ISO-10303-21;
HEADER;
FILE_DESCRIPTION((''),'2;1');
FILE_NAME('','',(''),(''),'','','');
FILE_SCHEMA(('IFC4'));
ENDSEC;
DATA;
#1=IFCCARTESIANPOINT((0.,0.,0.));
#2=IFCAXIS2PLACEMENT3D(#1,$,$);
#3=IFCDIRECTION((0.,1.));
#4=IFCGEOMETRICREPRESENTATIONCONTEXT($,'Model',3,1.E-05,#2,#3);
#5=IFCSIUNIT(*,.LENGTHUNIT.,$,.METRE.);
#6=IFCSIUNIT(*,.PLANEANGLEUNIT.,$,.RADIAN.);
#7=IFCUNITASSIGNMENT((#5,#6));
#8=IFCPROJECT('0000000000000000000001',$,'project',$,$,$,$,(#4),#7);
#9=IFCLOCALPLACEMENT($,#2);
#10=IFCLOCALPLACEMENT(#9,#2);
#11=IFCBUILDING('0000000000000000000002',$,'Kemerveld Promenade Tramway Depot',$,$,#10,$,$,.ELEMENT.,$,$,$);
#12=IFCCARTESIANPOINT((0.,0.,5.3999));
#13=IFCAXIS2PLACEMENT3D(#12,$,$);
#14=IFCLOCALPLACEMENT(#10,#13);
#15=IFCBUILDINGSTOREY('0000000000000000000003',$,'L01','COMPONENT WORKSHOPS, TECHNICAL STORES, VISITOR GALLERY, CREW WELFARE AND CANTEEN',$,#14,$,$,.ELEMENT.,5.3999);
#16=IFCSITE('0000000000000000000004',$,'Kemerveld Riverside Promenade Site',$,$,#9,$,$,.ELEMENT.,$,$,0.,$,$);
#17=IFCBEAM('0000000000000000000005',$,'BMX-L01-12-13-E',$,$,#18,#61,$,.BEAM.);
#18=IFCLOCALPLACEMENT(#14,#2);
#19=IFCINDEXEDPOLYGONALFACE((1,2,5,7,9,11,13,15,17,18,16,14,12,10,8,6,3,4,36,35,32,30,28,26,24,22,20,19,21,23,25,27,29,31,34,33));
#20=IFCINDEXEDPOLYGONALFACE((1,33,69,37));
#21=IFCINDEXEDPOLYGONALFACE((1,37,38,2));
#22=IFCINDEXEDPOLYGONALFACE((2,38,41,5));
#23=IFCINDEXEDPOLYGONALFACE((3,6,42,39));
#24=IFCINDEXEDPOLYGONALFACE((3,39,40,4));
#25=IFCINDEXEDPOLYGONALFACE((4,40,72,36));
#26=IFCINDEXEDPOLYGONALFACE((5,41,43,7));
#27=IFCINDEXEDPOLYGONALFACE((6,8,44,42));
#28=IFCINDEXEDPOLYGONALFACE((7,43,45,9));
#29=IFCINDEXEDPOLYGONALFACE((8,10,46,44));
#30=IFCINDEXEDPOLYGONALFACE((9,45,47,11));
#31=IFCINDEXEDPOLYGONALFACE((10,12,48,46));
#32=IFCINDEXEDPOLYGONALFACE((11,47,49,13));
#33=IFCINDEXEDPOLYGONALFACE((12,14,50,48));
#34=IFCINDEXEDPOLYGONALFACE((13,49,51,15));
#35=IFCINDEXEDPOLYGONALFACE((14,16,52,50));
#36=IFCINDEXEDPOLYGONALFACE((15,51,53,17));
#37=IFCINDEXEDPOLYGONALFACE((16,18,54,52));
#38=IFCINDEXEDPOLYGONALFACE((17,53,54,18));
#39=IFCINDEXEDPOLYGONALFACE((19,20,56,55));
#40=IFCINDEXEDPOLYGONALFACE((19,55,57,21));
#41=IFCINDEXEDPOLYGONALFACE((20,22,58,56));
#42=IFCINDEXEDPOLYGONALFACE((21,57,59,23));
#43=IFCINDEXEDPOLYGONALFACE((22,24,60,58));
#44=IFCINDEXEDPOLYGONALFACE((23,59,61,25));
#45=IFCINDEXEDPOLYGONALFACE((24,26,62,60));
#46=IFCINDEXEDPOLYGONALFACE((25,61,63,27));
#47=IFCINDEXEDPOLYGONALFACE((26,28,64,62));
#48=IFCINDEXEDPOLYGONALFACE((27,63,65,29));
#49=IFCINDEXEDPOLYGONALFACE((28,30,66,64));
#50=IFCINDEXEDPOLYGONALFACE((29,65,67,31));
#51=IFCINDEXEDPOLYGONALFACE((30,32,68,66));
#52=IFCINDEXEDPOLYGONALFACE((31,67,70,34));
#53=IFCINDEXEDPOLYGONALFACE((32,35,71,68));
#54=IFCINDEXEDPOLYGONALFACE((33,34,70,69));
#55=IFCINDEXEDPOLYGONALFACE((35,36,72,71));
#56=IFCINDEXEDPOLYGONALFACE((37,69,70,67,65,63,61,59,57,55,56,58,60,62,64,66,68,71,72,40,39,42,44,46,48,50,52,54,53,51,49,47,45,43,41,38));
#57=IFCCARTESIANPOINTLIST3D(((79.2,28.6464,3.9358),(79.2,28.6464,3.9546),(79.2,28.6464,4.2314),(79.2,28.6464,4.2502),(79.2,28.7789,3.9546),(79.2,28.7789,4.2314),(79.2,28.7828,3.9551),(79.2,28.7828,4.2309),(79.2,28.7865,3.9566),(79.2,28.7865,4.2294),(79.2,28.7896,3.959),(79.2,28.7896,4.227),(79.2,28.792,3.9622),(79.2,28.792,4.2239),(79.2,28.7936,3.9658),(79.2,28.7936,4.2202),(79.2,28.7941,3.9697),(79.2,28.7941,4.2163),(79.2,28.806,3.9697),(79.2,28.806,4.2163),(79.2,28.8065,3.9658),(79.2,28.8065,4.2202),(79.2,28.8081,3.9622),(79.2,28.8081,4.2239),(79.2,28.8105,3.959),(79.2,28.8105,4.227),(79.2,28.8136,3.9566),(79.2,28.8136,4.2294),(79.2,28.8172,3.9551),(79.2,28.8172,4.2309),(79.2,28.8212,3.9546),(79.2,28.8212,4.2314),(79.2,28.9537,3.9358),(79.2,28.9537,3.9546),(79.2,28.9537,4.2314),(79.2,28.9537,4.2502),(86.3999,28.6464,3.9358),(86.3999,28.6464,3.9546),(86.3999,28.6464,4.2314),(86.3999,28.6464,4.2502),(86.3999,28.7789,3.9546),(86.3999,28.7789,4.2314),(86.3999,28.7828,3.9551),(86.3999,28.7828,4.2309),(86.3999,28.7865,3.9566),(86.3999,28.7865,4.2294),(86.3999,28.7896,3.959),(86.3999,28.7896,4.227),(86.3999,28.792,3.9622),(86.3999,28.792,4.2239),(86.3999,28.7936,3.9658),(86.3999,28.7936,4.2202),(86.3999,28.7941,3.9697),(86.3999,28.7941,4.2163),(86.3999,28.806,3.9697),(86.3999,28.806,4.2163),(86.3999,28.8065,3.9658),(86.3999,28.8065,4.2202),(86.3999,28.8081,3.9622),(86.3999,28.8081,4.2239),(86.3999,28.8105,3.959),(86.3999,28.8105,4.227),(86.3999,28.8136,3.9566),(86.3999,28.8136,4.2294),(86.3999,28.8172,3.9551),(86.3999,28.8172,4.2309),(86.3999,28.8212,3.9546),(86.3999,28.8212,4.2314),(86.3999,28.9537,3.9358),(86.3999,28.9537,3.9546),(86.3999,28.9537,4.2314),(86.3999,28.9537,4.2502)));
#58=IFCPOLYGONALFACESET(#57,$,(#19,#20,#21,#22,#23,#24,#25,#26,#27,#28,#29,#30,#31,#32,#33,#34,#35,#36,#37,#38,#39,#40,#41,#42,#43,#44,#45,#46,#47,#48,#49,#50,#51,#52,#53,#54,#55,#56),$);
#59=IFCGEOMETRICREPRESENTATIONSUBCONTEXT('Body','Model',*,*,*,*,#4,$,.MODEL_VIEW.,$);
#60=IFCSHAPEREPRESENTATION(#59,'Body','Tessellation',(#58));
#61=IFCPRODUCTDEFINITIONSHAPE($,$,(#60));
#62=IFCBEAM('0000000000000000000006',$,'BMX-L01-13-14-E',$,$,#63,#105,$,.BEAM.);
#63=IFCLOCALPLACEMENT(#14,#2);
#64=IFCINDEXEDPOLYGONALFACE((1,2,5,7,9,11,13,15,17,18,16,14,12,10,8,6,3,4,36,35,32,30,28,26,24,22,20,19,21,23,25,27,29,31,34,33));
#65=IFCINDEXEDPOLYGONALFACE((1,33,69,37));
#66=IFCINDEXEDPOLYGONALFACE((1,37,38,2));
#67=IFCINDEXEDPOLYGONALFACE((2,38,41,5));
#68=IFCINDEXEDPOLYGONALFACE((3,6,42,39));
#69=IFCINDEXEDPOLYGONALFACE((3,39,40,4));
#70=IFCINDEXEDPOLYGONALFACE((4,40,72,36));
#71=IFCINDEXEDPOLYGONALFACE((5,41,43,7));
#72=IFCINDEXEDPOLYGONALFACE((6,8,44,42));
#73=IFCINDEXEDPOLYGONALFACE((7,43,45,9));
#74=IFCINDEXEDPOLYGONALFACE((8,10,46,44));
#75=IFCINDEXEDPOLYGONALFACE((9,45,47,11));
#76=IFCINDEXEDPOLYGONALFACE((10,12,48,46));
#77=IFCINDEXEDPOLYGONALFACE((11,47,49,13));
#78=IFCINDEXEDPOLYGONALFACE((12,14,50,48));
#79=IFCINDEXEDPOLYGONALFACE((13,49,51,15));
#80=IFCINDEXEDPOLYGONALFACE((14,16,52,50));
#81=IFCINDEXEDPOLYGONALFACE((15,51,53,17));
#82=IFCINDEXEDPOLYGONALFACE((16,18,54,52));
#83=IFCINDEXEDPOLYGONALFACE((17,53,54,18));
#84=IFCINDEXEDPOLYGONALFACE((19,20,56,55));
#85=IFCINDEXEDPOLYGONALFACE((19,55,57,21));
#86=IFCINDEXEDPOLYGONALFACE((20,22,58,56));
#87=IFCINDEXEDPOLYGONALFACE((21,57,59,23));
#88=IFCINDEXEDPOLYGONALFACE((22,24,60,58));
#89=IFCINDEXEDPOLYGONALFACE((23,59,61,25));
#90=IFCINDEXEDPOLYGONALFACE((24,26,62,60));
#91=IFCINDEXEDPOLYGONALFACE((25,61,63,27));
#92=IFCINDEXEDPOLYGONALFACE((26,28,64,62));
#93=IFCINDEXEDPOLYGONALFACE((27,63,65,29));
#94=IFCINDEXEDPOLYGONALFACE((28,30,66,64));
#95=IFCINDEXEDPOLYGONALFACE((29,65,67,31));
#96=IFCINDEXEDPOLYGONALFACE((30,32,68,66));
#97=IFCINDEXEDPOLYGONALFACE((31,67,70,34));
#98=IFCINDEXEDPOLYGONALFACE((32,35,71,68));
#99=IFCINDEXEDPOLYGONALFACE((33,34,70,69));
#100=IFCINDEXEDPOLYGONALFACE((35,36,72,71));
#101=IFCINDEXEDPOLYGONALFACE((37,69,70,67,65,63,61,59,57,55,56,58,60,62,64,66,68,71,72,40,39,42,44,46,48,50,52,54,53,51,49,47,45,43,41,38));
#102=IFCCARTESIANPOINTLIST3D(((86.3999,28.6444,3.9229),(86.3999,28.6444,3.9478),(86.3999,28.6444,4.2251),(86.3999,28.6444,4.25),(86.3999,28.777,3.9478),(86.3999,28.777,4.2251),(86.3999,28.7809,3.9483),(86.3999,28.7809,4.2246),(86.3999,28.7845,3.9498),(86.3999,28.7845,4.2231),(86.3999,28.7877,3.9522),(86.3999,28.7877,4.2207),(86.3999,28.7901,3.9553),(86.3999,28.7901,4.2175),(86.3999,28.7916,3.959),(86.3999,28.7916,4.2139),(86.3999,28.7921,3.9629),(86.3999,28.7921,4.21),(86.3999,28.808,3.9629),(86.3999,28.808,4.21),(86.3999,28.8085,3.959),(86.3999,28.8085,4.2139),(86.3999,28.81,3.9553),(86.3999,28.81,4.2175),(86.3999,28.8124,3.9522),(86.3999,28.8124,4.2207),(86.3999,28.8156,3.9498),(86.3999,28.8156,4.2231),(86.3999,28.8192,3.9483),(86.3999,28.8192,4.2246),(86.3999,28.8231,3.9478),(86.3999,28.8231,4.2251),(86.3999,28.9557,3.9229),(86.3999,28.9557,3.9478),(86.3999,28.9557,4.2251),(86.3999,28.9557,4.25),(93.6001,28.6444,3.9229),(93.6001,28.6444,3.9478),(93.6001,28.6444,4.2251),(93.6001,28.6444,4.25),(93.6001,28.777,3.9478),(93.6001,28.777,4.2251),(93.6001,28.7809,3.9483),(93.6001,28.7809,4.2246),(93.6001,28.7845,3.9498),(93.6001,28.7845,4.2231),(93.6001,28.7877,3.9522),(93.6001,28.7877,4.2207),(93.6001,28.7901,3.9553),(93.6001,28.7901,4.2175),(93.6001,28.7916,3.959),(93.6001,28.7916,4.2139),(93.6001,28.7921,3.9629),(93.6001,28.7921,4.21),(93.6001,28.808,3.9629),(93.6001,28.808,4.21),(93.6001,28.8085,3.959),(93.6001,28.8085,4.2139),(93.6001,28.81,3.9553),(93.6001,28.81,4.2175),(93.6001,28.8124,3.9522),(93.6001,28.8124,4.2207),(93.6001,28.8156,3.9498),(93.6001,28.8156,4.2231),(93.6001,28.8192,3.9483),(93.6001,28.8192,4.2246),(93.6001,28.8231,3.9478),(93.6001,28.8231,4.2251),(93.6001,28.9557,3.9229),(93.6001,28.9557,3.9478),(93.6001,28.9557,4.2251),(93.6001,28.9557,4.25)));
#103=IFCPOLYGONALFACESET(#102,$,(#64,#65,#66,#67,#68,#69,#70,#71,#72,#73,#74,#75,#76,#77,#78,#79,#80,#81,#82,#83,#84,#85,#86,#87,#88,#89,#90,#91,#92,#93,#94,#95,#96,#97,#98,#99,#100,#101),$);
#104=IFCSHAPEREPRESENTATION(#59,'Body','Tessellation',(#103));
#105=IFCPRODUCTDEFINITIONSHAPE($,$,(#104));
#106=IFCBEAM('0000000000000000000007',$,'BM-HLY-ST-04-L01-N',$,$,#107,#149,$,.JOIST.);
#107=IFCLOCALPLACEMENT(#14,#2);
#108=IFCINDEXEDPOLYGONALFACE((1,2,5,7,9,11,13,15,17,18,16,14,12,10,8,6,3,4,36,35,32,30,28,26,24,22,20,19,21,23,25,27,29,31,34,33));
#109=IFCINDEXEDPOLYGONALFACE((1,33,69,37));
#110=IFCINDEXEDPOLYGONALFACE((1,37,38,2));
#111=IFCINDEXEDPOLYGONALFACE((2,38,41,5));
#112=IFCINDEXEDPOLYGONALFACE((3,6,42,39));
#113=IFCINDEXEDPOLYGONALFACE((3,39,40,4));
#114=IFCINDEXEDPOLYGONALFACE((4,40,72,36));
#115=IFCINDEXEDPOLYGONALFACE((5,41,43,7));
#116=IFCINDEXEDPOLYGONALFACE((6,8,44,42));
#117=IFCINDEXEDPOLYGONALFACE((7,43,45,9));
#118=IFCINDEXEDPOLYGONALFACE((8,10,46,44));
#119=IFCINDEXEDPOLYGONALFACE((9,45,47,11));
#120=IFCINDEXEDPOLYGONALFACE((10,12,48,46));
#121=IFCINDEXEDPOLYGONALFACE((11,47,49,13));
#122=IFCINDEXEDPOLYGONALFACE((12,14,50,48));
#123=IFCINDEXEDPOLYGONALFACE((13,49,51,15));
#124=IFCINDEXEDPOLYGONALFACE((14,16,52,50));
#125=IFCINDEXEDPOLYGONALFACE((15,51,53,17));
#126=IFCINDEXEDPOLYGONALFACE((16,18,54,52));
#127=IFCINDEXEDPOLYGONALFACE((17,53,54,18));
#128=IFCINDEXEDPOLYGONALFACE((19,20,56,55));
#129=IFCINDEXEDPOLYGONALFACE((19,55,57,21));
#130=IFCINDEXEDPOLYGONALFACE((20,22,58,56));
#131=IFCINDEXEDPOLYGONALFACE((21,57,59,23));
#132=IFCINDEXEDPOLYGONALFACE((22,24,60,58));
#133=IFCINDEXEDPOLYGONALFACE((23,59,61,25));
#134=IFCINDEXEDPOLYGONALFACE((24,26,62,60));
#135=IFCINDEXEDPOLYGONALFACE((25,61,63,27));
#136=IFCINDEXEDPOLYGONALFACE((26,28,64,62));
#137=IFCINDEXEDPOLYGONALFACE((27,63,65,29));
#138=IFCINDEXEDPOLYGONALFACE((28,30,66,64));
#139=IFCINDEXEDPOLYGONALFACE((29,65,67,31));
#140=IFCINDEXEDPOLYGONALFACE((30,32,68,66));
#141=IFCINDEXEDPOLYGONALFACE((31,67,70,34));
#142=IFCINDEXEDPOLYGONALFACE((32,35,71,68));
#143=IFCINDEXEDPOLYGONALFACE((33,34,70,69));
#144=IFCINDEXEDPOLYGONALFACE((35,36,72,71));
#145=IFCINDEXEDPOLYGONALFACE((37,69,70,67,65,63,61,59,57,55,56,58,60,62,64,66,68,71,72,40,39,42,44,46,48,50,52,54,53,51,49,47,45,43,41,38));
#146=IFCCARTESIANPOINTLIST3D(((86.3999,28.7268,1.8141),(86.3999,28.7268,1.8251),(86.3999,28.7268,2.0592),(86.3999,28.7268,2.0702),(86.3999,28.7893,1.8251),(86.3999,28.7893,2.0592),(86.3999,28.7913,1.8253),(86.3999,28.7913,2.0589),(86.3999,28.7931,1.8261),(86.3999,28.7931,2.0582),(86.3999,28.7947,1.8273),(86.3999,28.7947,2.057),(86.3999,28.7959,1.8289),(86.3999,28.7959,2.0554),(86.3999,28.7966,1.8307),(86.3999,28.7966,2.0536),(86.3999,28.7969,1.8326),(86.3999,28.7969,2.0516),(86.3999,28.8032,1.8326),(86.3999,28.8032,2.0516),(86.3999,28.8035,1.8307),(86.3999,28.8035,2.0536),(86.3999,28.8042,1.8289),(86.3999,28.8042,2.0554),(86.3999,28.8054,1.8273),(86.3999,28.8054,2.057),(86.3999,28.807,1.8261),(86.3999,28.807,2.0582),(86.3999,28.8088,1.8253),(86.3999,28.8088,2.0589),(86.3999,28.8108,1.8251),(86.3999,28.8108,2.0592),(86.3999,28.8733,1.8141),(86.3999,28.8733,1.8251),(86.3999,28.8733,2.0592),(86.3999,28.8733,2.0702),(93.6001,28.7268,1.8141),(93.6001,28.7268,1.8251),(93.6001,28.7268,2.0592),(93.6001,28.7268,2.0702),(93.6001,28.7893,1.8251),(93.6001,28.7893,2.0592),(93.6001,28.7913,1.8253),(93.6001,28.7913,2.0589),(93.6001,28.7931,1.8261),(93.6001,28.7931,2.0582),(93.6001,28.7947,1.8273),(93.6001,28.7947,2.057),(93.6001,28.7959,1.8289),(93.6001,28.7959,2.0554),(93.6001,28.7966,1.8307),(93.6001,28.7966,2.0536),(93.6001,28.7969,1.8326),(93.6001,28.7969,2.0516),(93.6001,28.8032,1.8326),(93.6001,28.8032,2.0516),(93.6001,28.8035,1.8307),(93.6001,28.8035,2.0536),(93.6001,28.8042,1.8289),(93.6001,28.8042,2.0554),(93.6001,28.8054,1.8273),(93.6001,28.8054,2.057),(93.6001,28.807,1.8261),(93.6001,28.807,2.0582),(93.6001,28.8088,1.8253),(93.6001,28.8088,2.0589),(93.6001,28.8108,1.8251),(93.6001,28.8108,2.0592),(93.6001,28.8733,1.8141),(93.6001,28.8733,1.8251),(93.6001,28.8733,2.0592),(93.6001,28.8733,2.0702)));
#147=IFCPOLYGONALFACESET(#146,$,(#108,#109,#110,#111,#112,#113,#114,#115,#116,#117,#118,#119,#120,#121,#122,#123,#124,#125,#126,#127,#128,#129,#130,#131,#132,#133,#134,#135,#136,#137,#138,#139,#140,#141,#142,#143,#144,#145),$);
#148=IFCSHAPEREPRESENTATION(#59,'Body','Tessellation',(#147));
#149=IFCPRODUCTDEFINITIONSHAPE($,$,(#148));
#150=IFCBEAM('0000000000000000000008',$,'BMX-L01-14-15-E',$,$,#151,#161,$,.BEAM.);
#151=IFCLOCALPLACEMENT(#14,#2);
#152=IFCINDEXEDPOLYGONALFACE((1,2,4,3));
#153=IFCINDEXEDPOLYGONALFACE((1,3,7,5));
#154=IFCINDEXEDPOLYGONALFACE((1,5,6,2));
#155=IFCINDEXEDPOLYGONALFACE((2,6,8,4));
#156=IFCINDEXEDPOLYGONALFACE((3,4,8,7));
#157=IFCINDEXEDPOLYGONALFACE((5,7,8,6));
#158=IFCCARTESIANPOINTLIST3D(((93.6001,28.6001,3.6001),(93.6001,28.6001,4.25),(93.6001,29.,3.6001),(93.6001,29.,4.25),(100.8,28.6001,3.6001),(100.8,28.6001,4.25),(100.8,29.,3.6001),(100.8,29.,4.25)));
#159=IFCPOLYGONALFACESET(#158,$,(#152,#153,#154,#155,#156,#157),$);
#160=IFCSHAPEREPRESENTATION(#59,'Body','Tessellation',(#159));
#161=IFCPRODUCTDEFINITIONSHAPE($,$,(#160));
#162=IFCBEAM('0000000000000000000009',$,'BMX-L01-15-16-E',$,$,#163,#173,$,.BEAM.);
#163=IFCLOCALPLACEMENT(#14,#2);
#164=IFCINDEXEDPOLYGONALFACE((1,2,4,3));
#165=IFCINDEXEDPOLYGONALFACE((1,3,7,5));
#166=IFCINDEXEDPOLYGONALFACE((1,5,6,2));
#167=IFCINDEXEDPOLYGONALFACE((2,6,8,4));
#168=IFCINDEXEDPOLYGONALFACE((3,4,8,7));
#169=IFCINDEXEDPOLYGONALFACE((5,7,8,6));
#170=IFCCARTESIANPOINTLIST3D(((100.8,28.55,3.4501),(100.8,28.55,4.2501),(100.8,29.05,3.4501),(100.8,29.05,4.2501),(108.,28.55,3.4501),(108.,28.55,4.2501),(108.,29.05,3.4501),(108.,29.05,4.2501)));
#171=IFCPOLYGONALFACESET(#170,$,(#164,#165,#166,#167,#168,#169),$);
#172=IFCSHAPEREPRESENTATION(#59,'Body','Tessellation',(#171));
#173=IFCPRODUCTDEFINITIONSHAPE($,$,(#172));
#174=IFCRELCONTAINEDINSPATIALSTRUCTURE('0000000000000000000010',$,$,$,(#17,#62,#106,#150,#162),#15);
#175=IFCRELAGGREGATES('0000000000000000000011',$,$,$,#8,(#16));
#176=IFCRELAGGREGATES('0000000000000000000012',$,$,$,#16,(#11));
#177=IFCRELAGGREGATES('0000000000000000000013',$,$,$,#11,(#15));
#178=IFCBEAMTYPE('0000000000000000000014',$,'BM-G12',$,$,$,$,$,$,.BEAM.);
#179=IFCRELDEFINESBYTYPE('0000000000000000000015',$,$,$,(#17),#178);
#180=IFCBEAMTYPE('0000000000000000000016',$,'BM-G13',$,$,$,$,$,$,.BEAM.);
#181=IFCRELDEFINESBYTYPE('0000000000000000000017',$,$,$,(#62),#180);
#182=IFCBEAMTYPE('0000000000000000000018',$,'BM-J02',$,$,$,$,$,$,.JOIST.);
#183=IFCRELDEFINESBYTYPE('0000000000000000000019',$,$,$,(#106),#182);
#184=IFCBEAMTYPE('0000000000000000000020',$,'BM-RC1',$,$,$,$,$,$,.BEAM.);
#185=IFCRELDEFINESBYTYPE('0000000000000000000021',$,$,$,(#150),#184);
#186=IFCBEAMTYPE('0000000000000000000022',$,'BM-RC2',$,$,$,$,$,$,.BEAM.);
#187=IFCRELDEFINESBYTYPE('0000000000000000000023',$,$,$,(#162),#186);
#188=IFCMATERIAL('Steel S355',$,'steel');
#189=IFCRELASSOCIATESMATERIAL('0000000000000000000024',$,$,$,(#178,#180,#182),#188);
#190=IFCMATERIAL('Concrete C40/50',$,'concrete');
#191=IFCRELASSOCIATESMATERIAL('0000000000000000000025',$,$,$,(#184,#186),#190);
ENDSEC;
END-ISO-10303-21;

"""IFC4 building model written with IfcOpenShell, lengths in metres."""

from ifc_helpers import new_model, si_unit, direction, frame, origin, origin_2d, place, context, subcontext, project, spatial, rectangle, i_section, extrude, material, material_profile, profile_set, type_object, element, save


model = new_model("IFC4")

# Units and contexts
model_context = context("Model", 3, precision=1e-05, world=origin(), true_north=direction((0.0, 1.0)))
body_context = subcontext(model_context, "Body", "Model", "MODEL_VIEW")
ifc_project = project(units=[si_unit("LENGTHUNIT", "METRE"), si_unit("PLANEANGLEUNIT", "RADIAN")], contexts=[model_context])

# Site, building, storey
site_placement = place(None, origin())
site = spatial("IfcSite", under=ifc_project, at=site_placement, Name="Kemerveld Riverside Promenade Site", CompositionType="ELEMENT", RefElevation=0.0)
building_placement = place(site_placement, origin())
building = spatial("IfcBuilding", under=site, at=building_placement, Name="Kemerveld Promenade Tramway Depot", CompositionType="ELEMENT")
storey_placement = place(building_placement, frame((0.0, 0.0, 5.3999)))
storey = spatial("IfcBuildingStorey", under=building, at=storey_placement, Name="L01", Description="COMPONENT WORKSHOPS, TECHNICAL STORES, VISITOR GALLERY, CREW WELFARE AND CANTEEN", CompositionType="ELEMENT", Elevation=5.3999)

# Shared definitions
ifc_material_1 = material(Name="Steel S355", Category="steel")

# Beams
ifc_material_profile_1 = material_profile(ifc_material_1, i_section(OverallWidth=0.3074, OverallDepth=0.3145, WebThickness=0.012, FlangeThickness=0.0188, FilletRadius=0.0151, at=origin_2d()), Name="305x305x118 UC")
ifc_profile_set_1 = profile_set([ifc_material_profile_1], Name="Steel S355")
beam_type_1 = type_object("IfcBeamType", Name="BM-G12", PredefinedType="BEAM", material=ifc_profile_set_1)
beam_1_placement = place(storey_placement, frame((79.2, 28.8, 4.093), z_axis=(1.0, 0.0, 0.0), x_axis=(0.0, 1.0, 0.0)))
element("IfcBeam", 1, at=beam_1_placement, inside=storey, type_object=beam_type_1, Name="BMX-L01-12-13-E", PredefinedType="BEAM", context=body_context, shape_type="SweptSolid", body=[
    extrude(i_section(OverallWidth=0.3074, OverallDepth=0.3145, WebThickness=0.012, FlangeThickness=0.0188, FilletRadius=0.0151, at=origin_2d()), origin(), (0.0, 0.0, 1.0), 7.2),
])
ifc_material_profile_2 = material_profile(ifc_material_1, i_section(OverallWidth=0.3113, OverallDepth=0.3271, WebThickness=0.0159, FlangeThickness=0.0249, FilletRadius=0.0151, at=origin_2d()), Name="305x305x158 UC")
ifc_profile_set_2 = profile_set([ifc_material_profile_2], Name="Steel S355")
beam_type_2 = type_object("IfcBeamType", Name="BM-G13", PredefinedType="BEAM", material=ifc_profile_set_2)
beam_2_placement = place(storey_placement, frame((86.3999, 28.8, 4.0864), z_axis=(1.0, 0.0, 0.0), x_axis=(0.0, 1.0, 0.0)))
element("IfcBeam", 2, at=beam_2_placement, inside=storey, type_object=beam_type_2, Name="BMX-L01-13-14-E", PredefinedType="BEAM", context=body_context, shape_type="SweptSolid", body=[
    extrude(i_section(OverallWidth=0.3113, OverallDepth=0.3271, WebThickness=0.0159, FlangeThickness=0.0249, FilletRadius=0.0151, at=origin_2d()), origin(), (0.0, 0.0, 1.0), 7.2002),
])
ifc_material_profile_3 = material_profile(ifc_material_1, i_section(OverallWidth=0.1465, OverallDepth=0.2561, WebThickness=0.0063, FlangeThickness=0.011, FilletRadius=0.0076, at=origin_2d()), Name="254x146x37 UB")
ifc_profile_set_3 = profile_set([ifc_material_profile_3], Name="Steel S355")
beam_type_3 = type_object("IfcBeamType", Name="BM-J02", PredefinedType="JOIST", material=ifc_profile_set_3)
beam_3_placement = place(storey_placement, frame((86.3999, 28.8, 1.9421), z_axis=(1.0, 0.0, 0.0), x_axis=(0.0, 1.0, 0.0)))
element("IfcBeam", 3, at=beam_3_placement, inside=storey, type_object=beam_type_3, Name="BM-HLY-ST-04-L01-N", PredefinedType="JOIST", context=body_context, shape_type="SweptSolid", body=[
    extrude(i_section(OverallWidth=0.1465, OverallDepth=0.2561, WebThickness=0.0063, FlangeThickness=0.011, FilletRadius=0.0076, at=origin_2d()), origin(), (0.0, 0.0, 1.0), 7.2002),
])
ifc_material_2 = material(Name="Concrete C40/50", Category="concrete")
ifc_material_profile_4 = material_profile(ifc_material_2, rectangle(XDim=0.3999, YDim=0.6499, at=origin_2d()), Name="RC-BM-400x650")
ifc_profile_set_4 = profile_set([ifc_material_profile_4], Name="Concrete C40/50")
beam_type_4 = type_object("IfcBeamType", Name="BM-RC1", PredefinedType="BEAM", material=ifc_profile_set_4)
beam_4_placement = place(storey_placement, frame((93.6001, 28.8, 3.925), z_axis=(1.0, 0.0, 0.0), x_axis=(0.0, 1.0, 0.0)))
element("IfcBeam", 4, at=beam_4_placement, inside=storey, type_object=beam_type_4, Name="BMX-L01-14-15-E", PredefinedType="BEAM", context=body_context, shape_type="SweptSolid", body=[
    extrude(rectangle(XDim=0.3999, YDim=0.6499, at=origin_2d()), origin(), (0.0, 0.0, 1.0), 7.2),
])
ifc_material_profile_5 = material_profile(ifc_material_2, rectangle(XDim=0.5, YDim=0.8, at=origin_2d()), Name="RC-BM-500x800")
ifc_profile_set_5 = profile_set([ifc_material_profile_5], Name="Concrete C40/50")
beam_type_5 = type_object("IfcBeamType", Name="BM-RC2", PredefinedType="BEAM", material=ifc_profile_set_5)
beam_5_placement = place(storey_placement, frame((100.8, 28.8, 3.8501), z_axis=(1.0, 0.0, 0.0), x_axis=(0.0, 1.0, 0.0)))
element("IfcBeam", 5, at=beam_5_placement, inside=storey, type_object=beam_type_5, Name="BMX-L01-15-16-E", PredefinedType="BEAM", context=body_context, shape_type="SweptSolid", body=[
    extrude(rectangle(XDim=0.5, YDim=0.8, at=origin_2d()), origin(), (0.0, 0.0, 1.0), 7.2),
])

save(model, "model.ifc")
